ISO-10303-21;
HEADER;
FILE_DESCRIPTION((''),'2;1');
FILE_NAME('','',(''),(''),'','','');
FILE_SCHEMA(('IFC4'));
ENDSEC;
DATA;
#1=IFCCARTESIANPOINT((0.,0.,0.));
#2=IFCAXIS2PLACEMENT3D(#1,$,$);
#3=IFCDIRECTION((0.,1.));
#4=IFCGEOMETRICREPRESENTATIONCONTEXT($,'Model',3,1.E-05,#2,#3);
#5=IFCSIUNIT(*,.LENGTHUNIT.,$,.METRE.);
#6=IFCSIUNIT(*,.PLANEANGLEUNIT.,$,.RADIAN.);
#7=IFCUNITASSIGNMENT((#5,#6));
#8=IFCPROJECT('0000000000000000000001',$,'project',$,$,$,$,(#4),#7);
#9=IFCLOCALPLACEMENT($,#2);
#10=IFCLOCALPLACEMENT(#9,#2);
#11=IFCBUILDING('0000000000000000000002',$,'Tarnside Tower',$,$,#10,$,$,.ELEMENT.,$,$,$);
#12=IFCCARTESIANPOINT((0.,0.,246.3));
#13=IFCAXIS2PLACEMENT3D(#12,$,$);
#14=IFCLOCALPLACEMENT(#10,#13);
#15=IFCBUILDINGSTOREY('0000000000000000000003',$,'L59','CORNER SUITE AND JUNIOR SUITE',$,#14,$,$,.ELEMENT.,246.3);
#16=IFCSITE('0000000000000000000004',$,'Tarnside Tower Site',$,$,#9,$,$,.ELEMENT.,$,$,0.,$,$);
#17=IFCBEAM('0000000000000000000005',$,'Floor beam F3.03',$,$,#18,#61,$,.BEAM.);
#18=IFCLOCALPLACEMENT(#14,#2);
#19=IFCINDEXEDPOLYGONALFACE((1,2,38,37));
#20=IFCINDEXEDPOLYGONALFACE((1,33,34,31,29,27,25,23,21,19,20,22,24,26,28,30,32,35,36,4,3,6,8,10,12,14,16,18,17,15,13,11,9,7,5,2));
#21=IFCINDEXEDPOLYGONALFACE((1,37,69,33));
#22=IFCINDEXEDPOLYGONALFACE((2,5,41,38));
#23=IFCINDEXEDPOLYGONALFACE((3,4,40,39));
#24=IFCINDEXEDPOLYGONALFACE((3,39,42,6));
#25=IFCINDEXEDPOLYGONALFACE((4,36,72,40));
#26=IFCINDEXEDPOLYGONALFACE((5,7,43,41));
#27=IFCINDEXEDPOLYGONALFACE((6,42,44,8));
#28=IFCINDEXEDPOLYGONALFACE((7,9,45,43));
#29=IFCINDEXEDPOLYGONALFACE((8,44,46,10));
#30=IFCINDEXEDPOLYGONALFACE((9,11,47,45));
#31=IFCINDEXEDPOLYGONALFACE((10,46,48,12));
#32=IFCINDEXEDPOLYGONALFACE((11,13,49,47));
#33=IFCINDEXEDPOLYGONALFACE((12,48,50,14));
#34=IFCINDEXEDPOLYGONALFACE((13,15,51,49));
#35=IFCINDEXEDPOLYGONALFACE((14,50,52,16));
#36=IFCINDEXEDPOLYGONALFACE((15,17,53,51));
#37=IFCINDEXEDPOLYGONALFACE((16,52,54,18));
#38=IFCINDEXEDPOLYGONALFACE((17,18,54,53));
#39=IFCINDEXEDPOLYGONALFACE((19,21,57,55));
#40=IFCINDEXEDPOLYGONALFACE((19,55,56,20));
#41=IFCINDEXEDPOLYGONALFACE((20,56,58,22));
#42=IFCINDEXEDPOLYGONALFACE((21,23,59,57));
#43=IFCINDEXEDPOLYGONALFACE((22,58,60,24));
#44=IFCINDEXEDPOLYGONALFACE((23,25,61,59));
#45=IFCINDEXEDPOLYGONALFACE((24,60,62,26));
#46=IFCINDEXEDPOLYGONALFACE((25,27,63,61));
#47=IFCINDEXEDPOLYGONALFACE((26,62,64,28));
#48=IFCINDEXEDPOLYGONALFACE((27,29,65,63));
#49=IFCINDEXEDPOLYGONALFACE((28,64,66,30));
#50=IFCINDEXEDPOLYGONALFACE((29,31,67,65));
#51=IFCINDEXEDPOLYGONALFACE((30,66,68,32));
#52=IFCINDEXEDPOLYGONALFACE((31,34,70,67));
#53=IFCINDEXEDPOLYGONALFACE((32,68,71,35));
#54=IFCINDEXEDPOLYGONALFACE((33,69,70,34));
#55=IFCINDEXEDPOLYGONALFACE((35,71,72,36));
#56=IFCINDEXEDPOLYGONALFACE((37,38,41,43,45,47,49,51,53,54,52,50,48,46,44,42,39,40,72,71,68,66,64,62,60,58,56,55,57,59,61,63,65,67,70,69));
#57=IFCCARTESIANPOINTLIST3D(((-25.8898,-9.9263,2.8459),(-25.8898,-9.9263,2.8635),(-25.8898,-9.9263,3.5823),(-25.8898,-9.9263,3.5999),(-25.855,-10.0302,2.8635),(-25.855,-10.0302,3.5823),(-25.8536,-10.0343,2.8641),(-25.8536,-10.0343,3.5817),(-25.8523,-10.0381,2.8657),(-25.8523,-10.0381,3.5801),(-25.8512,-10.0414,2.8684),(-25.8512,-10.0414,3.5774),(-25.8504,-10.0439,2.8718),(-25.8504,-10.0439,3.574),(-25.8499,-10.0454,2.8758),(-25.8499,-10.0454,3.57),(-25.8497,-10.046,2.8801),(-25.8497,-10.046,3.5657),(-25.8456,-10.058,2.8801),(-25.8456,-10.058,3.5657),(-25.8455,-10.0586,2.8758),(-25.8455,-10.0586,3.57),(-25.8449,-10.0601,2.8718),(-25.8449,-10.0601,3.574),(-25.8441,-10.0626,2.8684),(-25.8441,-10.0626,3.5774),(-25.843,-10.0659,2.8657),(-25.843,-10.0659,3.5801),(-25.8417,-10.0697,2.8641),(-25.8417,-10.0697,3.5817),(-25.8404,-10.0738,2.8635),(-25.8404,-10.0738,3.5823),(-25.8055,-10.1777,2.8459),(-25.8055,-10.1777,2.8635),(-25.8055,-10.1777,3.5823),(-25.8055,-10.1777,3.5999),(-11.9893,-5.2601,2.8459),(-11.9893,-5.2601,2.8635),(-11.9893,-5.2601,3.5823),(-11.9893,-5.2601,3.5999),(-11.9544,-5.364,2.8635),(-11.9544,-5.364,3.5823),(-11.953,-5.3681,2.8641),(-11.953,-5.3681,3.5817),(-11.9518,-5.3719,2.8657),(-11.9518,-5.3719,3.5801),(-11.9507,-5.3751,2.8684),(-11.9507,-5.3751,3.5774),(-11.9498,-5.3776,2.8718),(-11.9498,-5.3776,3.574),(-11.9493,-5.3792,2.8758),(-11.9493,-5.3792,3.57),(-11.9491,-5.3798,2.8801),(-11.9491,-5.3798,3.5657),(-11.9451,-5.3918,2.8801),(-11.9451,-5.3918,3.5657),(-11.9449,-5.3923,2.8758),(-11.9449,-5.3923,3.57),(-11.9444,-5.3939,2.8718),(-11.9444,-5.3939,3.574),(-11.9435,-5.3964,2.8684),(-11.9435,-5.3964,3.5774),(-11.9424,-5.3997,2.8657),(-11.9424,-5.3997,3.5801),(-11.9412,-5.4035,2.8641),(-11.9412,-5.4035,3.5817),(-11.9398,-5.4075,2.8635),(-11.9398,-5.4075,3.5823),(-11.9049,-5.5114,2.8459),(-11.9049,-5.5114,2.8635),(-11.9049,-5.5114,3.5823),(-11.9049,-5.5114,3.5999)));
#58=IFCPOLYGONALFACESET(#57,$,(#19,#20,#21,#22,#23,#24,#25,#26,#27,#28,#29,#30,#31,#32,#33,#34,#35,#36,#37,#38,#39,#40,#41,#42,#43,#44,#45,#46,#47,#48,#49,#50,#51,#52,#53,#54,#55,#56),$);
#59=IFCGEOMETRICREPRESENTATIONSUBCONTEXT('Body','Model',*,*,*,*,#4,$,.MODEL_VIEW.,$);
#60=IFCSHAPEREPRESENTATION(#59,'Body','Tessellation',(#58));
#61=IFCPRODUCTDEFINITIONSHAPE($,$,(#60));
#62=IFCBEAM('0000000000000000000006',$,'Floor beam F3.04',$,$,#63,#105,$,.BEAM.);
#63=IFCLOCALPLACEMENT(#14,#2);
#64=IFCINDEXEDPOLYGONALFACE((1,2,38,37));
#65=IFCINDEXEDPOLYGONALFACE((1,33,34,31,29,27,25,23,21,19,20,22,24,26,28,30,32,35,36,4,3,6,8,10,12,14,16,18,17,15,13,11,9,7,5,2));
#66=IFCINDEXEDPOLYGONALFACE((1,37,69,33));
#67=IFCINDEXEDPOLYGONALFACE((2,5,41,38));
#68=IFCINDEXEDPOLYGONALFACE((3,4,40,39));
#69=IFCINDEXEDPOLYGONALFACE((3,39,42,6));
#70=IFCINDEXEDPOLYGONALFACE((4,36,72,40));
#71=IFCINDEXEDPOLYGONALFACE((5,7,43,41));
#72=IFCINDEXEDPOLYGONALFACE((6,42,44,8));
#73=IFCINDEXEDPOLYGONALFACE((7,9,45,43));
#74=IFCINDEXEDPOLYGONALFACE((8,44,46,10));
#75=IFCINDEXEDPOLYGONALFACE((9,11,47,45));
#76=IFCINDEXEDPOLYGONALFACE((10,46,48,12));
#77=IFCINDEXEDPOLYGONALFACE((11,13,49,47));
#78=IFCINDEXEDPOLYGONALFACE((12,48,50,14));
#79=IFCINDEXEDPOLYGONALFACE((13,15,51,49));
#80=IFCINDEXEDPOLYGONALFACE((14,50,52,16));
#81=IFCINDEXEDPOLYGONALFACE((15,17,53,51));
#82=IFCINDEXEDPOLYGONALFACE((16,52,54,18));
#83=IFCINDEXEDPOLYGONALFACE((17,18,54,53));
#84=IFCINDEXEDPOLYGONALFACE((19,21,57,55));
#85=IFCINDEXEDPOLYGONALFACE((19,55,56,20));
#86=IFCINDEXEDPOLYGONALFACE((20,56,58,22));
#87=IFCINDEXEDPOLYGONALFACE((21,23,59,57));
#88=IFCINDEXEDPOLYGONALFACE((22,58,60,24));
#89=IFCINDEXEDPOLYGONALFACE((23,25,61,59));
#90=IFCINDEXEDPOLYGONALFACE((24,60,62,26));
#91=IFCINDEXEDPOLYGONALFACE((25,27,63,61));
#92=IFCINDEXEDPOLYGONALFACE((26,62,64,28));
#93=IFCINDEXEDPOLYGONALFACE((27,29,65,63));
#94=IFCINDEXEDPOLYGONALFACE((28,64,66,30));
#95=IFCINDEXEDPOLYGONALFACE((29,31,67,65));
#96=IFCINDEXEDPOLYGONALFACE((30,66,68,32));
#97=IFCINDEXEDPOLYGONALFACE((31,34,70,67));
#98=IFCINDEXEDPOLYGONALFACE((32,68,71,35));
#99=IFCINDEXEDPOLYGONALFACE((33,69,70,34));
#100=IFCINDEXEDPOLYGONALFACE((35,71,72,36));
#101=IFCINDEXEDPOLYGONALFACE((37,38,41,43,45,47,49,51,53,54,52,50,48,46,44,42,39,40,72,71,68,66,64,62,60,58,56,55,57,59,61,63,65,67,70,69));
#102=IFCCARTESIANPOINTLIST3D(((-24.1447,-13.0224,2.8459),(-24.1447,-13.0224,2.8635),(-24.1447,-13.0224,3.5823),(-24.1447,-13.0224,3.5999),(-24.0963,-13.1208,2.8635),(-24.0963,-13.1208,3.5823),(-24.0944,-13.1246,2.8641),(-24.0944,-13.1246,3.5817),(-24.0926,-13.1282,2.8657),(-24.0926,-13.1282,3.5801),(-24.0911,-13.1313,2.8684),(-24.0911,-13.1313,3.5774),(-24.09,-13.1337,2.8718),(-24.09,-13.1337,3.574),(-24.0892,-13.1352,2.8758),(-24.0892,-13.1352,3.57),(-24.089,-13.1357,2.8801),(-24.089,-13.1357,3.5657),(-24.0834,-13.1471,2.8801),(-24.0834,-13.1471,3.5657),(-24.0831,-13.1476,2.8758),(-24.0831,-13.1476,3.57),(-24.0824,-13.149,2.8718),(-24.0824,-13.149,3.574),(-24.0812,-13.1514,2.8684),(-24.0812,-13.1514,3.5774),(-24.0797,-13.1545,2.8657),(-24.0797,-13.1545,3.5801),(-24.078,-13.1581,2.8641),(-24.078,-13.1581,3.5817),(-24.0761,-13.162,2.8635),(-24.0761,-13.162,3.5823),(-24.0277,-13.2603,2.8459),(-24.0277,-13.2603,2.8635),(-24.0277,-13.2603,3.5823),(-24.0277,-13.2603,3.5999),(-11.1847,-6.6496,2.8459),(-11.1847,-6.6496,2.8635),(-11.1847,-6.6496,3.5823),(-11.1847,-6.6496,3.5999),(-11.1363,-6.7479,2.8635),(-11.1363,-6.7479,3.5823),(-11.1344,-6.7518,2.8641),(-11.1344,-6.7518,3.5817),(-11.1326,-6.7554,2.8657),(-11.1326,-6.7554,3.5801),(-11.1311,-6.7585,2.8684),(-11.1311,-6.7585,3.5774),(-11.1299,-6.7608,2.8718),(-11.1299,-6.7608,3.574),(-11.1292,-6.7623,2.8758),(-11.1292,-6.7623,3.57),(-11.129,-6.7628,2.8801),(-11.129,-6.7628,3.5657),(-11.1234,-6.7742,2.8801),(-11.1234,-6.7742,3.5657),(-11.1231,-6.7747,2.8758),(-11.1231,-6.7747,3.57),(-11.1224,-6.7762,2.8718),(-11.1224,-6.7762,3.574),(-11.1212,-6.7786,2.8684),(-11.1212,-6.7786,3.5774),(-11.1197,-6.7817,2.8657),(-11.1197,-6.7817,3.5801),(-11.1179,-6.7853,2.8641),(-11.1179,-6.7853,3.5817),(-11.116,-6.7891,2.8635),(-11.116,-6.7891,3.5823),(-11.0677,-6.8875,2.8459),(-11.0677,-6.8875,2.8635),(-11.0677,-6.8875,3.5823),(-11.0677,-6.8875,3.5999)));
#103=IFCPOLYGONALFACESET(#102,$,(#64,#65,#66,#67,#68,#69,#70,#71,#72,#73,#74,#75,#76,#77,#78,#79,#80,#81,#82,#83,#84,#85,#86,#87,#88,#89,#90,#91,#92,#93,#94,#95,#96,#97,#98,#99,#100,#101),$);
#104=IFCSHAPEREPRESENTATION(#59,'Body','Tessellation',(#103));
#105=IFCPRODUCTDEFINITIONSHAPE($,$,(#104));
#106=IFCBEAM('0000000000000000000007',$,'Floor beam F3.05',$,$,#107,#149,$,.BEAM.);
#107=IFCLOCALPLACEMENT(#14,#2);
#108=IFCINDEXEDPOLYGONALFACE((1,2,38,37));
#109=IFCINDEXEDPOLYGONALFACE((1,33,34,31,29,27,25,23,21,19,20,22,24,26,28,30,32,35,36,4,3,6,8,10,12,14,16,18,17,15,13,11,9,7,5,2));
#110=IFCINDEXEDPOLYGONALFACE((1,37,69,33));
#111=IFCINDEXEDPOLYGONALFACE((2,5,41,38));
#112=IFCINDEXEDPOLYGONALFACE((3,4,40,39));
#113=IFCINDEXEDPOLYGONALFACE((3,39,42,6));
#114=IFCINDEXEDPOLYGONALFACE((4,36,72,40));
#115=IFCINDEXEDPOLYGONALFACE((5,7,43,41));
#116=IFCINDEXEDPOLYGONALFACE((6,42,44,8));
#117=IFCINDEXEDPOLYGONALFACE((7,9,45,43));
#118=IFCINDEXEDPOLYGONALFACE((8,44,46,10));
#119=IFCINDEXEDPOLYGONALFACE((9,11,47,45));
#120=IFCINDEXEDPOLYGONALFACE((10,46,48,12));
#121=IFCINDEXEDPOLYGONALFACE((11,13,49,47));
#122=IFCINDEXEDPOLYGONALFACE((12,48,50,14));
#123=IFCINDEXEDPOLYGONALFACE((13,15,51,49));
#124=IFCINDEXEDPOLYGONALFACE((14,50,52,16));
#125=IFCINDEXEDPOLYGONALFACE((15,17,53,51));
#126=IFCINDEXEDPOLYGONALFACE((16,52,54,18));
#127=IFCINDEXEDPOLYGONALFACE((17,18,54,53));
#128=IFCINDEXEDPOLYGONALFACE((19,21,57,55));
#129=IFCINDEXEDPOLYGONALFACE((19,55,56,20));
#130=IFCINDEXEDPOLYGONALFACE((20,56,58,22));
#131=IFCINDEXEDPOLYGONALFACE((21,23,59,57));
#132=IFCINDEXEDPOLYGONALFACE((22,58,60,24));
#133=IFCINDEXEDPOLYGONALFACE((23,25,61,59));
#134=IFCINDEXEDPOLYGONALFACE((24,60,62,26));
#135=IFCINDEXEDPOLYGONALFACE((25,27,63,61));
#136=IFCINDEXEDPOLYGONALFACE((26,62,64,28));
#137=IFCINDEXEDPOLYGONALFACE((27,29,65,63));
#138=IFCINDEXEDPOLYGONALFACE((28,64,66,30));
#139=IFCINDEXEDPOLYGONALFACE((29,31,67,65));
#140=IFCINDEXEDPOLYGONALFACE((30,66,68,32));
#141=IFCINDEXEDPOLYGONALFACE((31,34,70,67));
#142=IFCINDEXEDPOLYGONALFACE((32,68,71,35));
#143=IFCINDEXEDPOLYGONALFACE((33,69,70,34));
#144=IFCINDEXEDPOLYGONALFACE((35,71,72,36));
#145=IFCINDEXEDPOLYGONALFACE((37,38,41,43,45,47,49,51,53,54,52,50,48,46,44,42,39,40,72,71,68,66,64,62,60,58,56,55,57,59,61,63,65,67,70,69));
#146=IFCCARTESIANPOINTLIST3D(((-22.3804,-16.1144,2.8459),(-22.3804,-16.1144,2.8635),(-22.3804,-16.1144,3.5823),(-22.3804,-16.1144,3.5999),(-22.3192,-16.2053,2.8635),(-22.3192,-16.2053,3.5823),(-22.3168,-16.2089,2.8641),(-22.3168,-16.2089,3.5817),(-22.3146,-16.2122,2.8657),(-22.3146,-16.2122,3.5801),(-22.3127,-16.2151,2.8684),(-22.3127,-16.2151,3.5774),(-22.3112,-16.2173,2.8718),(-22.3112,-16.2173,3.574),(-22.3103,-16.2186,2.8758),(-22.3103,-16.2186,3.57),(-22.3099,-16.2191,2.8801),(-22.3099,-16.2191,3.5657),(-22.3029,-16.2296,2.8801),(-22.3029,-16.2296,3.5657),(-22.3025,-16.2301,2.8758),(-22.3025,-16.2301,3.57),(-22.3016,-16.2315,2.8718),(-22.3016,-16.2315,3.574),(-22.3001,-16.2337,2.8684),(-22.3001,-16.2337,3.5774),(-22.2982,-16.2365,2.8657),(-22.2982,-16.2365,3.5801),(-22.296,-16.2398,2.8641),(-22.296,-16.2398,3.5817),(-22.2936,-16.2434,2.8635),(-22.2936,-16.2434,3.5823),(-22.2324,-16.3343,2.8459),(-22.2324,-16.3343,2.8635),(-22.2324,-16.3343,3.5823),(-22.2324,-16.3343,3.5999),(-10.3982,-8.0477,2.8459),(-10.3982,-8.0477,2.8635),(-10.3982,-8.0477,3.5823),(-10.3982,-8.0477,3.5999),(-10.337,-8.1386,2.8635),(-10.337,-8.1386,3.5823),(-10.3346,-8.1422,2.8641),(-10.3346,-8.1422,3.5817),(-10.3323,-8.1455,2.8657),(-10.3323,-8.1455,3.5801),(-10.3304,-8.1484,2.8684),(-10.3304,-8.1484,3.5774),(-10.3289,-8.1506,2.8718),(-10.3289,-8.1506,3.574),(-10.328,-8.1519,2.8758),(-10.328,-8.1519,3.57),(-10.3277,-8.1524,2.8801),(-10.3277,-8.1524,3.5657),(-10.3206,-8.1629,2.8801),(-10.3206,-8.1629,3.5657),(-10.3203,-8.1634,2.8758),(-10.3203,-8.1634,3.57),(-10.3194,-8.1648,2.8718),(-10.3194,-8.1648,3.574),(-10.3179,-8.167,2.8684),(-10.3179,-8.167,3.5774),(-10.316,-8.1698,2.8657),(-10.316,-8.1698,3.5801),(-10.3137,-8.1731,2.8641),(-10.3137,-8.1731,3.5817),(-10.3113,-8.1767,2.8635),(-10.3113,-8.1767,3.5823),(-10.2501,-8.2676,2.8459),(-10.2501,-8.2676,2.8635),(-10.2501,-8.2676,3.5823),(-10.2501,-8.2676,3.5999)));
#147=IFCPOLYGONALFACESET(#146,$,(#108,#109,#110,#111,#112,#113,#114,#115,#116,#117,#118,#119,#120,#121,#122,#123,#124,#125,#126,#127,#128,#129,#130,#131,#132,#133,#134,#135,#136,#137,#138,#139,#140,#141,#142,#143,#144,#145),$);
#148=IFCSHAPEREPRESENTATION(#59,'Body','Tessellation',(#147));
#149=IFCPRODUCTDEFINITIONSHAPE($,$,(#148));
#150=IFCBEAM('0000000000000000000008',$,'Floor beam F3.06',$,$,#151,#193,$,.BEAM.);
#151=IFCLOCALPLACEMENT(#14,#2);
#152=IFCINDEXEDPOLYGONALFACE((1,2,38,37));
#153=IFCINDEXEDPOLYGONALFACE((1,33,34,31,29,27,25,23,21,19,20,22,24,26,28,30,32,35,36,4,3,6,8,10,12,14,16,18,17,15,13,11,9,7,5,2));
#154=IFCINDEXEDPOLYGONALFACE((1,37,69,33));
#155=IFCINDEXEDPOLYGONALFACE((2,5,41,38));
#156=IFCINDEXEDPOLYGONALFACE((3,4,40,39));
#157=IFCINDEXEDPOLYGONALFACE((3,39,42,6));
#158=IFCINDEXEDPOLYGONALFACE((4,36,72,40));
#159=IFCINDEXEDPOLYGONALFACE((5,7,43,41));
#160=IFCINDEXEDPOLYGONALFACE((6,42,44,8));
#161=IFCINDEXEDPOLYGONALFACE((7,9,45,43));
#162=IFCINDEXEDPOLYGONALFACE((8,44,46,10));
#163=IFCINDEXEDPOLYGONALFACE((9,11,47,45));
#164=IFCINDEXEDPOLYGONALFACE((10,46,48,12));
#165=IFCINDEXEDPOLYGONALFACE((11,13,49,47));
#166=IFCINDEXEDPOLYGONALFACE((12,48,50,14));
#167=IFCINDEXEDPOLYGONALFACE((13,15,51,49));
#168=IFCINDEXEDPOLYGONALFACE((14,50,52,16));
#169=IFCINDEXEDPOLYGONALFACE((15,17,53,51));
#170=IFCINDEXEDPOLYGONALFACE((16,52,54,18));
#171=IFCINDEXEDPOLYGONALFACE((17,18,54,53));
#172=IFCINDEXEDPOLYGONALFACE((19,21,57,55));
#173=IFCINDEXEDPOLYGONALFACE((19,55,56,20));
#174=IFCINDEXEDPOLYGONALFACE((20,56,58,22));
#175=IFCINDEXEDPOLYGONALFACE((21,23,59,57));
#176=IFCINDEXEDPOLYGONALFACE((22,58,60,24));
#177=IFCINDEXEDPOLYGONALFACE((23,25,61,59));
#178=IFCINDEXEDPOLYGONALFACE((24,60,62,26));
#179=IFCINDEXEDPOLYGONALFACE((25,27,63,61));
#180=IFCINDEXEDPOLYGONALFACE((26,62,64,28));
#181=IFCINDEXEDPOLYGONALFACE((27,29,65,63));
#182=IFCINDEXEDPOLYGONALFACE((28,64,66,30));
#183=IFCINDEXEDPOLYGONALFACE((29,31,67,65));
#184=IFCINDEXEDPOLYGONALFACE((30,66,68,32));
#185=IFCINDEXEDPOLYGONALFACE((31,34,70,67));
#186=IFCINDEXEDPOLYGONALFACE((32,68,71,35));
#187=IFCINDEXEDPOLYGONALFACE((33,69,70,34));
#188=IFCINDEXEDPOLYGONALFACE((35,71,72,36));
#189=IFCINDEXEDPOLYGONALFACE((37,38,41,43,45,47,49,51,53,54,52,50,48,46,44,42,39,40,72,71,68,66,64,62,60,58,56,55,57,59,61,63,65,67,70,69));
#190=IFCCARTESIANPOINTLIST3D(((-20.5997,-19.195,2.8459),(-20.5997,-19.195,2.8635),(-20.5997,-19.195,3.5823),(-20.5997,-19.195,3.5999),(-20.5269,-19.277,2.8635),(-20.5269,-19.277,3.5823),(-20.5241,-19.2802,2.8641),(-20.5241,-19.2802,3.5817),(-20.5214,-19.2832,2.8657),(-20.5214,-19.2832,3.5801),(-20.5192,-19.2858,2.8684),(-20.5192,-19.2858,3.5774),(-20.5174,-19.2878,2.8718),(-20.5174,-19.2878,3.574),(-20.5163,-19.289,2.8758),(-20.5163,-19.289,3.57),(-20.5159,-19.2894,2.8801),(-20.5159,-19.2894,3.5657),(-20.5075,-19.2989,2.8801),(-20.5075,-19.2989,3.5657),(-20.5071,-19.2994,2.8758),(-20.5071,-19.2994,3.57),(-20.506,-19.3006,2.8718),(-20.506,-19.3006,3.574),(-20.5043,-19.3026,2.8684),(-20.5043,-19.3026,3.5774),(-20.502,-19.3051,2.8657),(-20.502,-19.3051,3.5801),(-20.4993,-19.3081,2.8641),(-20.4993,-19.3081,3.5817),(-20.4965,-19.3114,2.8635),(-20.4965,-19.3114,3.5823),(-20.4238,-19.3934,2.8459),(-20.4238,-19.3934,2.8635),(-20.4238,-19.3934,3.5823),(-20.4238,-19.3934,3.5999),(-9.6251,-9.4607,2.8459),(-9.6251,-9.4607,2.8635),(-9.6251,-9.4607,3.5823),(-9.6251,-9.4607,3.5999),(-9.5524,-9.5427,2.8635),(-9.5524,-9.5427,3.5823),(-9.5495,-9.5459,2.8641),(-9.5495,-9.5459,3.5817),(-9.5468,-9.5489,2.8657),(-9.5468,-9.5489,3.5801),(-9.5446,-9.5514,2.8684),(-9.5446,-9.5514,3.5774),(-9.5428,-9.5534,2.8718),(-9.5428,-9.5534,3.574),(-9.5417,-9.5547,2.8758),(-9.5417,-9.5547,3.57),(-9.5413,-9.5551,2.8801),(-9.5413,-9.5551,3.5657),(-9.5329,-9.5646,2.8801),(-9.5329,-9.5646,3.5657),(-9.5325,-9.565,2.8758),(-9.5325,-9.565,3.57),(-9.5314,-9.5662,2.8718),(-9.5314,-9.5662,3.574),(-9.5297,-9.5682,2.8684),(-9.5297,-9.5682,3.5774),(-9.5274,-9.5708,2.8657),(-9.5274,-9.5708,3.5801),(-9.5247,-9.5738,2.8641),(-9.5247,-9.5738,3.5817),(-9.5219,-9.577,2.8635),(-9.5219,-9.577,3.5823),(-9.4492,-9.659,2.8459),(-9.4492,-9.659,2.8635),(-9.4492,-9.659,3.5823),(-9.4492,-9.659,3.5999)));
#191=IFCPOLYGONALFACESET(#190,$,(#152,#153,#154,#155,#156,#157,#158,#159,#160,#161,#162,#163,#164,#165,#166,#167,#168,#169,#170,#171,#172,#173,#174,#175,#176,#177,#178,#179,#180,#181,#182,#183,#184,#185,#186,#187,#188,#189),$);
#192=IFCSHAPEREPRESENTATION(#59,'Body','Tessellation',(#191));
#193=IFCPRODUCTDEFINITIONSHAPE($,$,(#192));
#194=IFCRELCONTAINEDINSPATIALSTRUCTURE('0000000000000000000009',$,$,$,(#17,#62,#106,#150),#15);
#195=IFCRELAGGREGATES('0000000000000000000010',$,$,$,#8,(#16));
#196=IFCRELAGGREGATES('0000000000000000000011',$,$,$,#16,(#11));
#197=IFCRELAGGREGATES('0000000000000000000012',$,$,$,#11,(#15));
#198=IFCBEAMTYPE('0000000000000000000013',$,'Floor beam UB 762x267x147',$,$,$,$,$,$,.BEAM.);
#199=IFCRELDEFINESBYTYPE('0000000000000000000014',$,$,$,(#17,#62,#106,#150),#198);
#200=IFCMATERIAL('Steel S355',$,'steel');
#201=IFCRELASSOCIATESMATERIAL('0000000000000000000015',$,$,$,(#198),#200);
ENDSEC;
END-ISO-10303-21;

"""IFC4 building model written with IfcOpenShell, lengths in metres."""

from ifc_helpers import new_model, si_unit, direction, frame, origin, origin_2d, place, context, subcontext, project, spatial, i_section, extrude, material, material_profile, profile_set, type_object, element, save


model = new_model("IFC4")

# Units and contexts
model_context = context("Model", 3, precision=1e-05, world=origin(), true_north=direction((0.0, 1.0)))
body_context = subcontext(model_context, "Body", "Model", "MODEL_VIEW")
ifc_project = project(units=[si_unit("LENGTHUNIT", "METRE"), si_unit("PLANEANGLEUNIT", "RADIAN")], contexts=[model_context])

# Site, building, storey
site_placement = place(None, origin())
site = spatial("IfcSite", under=ifc_project, at=site_placement, Name="Tarnside Tower Site", CompositionType="ELEMENT", RefElevation=0.0)
building_placement = place(site_placement, origin())
building = spatial("IfcBuilding", under=site, at=building_placement, Name="Tarnside Tower", CompositionType="ELEMENT")
storey_placement = place(building_placement, frame((0.0, 0.0, 246.3)))
storey = spatial("IfcBuildingStorey", under=building, at=storey_placement, Name="L59", Description="CORNER SUITE AND JUNIOR SUITE", CompositionType="ELEMENT", Elevation=246.3)

# Beams
ifc_material_1 = material(Name="Steel S355", Category="steel")
ifc_material_profile_1 = material_profile(ifc_material_1, i_section(OverallWidth=0.2651, OverallDepth=0.7539, WebThickness=0.0127, FlangeThickness=0.0176, FilletRadius=0.0166, at=origin_2d()), Name="UB 762x267x147")
ifc_profile_set_1 = profile_set([ifc_material_profile_1], Name="Steel S355")
beam_type_1 = type_object("IfcBeamType", Name="Floor beam UB 762x267x147", PredefinedType="BEAM", material=ifc_profile_set_1)
beam_1_placement = place(storey_placement, frame((-25.8477, -10.052, 3.2229), z_axis=(0.948012, 0.318235, 0.0), x_axis=(-0.318235, 0.948012, 0.0)))
element("IfcBeam", 1, at=beam_1_placement, inside=storey, type_object=beam_type_1, Name="Floor beam F3.03", PredefinedType="BEAM", context=body_context, shape_type="SweptSolid", body=[
    extrude(i_section(OverallWidth=0.2651, OverallDepth=0.7539, WebThickness=0.0127, FlangeThickness=0.0176, FilletRadius=0.0166, at=origin_2d()), origin(), (0.0, 0.0, 1.0), 14.6628),
])
beam_2_placement = place(storey_placement, frame((-24.0862, -13.1414, 3.2229), z_axis=(0.897376, 0.441267, 0.0), x_axis=(-0.441267, 0.897376, 0.0)))
element("IfcBeam", 2, at=beam_2_placement, inside=storey, type_object=beam_type_1, Name="Floor beam F3.04", PredefinedType="BEAM", context=body_context, shape_type="SweptSolid", body=[
    extrude(i_section(OverallWidth=0.2651, OverallDepth=0.7539, WebThickness=0.0127, FlangeThickness=0.0176, FilletRadius=0.0166, at=origin_2d()), origin(), (0.0, 0.0, 1.0), 14.4421),
])
beam_3_placement = place(storey_placement, frame((-22.3064, -16.2244, 3.2229), z_axis=(0.829532, 0.558458, 0.0), x_axis=(-0.558458, 0.829532, 0.0)))
element("IfcBeam", 3, at=beam_3_placement, inside=storey, type_object=beam_type_1, Name="Floor beam F3.05", PredefinedType="BEAM", context=body_context, shape_type="SweptSolid", body=[
    extrude(i_section(OverallWidth=0.2651, OverallDepth=0.7539, WebThickness=0.0127, FlangeThickness=0.0176, FilletRadius=0.0166, at=origin_2d()), origin(), (0.0, 0.0, 1.0), 14.4446),
])
beam_4_placement = place(storey_placement, frame((-20.5117, -19.2942, 3.2229), z_axis=(0.748114, 0.66357, 0.0), x_axis=(-0.66357, 0.748114, 0.0)))
element("IfcBeam", 4, at=beam_4_placement, inside=storey, type_object=beam_type_1, Name="Floor beam F3.06", PredefinedType="BEAM", context=body_context, shape_type="SweptSolid", body=[
    extrude(i_section(OverallWidth=0.2651, OverallDepth=0.7539, WebThickness=0.0127, FlangeThickness=0.0176, FilletRadius=0.0166, at=origin_2d()), origin(), (0.0, 0.0, 1.0), 14.6697),
])

save(model, "model.ifc")
